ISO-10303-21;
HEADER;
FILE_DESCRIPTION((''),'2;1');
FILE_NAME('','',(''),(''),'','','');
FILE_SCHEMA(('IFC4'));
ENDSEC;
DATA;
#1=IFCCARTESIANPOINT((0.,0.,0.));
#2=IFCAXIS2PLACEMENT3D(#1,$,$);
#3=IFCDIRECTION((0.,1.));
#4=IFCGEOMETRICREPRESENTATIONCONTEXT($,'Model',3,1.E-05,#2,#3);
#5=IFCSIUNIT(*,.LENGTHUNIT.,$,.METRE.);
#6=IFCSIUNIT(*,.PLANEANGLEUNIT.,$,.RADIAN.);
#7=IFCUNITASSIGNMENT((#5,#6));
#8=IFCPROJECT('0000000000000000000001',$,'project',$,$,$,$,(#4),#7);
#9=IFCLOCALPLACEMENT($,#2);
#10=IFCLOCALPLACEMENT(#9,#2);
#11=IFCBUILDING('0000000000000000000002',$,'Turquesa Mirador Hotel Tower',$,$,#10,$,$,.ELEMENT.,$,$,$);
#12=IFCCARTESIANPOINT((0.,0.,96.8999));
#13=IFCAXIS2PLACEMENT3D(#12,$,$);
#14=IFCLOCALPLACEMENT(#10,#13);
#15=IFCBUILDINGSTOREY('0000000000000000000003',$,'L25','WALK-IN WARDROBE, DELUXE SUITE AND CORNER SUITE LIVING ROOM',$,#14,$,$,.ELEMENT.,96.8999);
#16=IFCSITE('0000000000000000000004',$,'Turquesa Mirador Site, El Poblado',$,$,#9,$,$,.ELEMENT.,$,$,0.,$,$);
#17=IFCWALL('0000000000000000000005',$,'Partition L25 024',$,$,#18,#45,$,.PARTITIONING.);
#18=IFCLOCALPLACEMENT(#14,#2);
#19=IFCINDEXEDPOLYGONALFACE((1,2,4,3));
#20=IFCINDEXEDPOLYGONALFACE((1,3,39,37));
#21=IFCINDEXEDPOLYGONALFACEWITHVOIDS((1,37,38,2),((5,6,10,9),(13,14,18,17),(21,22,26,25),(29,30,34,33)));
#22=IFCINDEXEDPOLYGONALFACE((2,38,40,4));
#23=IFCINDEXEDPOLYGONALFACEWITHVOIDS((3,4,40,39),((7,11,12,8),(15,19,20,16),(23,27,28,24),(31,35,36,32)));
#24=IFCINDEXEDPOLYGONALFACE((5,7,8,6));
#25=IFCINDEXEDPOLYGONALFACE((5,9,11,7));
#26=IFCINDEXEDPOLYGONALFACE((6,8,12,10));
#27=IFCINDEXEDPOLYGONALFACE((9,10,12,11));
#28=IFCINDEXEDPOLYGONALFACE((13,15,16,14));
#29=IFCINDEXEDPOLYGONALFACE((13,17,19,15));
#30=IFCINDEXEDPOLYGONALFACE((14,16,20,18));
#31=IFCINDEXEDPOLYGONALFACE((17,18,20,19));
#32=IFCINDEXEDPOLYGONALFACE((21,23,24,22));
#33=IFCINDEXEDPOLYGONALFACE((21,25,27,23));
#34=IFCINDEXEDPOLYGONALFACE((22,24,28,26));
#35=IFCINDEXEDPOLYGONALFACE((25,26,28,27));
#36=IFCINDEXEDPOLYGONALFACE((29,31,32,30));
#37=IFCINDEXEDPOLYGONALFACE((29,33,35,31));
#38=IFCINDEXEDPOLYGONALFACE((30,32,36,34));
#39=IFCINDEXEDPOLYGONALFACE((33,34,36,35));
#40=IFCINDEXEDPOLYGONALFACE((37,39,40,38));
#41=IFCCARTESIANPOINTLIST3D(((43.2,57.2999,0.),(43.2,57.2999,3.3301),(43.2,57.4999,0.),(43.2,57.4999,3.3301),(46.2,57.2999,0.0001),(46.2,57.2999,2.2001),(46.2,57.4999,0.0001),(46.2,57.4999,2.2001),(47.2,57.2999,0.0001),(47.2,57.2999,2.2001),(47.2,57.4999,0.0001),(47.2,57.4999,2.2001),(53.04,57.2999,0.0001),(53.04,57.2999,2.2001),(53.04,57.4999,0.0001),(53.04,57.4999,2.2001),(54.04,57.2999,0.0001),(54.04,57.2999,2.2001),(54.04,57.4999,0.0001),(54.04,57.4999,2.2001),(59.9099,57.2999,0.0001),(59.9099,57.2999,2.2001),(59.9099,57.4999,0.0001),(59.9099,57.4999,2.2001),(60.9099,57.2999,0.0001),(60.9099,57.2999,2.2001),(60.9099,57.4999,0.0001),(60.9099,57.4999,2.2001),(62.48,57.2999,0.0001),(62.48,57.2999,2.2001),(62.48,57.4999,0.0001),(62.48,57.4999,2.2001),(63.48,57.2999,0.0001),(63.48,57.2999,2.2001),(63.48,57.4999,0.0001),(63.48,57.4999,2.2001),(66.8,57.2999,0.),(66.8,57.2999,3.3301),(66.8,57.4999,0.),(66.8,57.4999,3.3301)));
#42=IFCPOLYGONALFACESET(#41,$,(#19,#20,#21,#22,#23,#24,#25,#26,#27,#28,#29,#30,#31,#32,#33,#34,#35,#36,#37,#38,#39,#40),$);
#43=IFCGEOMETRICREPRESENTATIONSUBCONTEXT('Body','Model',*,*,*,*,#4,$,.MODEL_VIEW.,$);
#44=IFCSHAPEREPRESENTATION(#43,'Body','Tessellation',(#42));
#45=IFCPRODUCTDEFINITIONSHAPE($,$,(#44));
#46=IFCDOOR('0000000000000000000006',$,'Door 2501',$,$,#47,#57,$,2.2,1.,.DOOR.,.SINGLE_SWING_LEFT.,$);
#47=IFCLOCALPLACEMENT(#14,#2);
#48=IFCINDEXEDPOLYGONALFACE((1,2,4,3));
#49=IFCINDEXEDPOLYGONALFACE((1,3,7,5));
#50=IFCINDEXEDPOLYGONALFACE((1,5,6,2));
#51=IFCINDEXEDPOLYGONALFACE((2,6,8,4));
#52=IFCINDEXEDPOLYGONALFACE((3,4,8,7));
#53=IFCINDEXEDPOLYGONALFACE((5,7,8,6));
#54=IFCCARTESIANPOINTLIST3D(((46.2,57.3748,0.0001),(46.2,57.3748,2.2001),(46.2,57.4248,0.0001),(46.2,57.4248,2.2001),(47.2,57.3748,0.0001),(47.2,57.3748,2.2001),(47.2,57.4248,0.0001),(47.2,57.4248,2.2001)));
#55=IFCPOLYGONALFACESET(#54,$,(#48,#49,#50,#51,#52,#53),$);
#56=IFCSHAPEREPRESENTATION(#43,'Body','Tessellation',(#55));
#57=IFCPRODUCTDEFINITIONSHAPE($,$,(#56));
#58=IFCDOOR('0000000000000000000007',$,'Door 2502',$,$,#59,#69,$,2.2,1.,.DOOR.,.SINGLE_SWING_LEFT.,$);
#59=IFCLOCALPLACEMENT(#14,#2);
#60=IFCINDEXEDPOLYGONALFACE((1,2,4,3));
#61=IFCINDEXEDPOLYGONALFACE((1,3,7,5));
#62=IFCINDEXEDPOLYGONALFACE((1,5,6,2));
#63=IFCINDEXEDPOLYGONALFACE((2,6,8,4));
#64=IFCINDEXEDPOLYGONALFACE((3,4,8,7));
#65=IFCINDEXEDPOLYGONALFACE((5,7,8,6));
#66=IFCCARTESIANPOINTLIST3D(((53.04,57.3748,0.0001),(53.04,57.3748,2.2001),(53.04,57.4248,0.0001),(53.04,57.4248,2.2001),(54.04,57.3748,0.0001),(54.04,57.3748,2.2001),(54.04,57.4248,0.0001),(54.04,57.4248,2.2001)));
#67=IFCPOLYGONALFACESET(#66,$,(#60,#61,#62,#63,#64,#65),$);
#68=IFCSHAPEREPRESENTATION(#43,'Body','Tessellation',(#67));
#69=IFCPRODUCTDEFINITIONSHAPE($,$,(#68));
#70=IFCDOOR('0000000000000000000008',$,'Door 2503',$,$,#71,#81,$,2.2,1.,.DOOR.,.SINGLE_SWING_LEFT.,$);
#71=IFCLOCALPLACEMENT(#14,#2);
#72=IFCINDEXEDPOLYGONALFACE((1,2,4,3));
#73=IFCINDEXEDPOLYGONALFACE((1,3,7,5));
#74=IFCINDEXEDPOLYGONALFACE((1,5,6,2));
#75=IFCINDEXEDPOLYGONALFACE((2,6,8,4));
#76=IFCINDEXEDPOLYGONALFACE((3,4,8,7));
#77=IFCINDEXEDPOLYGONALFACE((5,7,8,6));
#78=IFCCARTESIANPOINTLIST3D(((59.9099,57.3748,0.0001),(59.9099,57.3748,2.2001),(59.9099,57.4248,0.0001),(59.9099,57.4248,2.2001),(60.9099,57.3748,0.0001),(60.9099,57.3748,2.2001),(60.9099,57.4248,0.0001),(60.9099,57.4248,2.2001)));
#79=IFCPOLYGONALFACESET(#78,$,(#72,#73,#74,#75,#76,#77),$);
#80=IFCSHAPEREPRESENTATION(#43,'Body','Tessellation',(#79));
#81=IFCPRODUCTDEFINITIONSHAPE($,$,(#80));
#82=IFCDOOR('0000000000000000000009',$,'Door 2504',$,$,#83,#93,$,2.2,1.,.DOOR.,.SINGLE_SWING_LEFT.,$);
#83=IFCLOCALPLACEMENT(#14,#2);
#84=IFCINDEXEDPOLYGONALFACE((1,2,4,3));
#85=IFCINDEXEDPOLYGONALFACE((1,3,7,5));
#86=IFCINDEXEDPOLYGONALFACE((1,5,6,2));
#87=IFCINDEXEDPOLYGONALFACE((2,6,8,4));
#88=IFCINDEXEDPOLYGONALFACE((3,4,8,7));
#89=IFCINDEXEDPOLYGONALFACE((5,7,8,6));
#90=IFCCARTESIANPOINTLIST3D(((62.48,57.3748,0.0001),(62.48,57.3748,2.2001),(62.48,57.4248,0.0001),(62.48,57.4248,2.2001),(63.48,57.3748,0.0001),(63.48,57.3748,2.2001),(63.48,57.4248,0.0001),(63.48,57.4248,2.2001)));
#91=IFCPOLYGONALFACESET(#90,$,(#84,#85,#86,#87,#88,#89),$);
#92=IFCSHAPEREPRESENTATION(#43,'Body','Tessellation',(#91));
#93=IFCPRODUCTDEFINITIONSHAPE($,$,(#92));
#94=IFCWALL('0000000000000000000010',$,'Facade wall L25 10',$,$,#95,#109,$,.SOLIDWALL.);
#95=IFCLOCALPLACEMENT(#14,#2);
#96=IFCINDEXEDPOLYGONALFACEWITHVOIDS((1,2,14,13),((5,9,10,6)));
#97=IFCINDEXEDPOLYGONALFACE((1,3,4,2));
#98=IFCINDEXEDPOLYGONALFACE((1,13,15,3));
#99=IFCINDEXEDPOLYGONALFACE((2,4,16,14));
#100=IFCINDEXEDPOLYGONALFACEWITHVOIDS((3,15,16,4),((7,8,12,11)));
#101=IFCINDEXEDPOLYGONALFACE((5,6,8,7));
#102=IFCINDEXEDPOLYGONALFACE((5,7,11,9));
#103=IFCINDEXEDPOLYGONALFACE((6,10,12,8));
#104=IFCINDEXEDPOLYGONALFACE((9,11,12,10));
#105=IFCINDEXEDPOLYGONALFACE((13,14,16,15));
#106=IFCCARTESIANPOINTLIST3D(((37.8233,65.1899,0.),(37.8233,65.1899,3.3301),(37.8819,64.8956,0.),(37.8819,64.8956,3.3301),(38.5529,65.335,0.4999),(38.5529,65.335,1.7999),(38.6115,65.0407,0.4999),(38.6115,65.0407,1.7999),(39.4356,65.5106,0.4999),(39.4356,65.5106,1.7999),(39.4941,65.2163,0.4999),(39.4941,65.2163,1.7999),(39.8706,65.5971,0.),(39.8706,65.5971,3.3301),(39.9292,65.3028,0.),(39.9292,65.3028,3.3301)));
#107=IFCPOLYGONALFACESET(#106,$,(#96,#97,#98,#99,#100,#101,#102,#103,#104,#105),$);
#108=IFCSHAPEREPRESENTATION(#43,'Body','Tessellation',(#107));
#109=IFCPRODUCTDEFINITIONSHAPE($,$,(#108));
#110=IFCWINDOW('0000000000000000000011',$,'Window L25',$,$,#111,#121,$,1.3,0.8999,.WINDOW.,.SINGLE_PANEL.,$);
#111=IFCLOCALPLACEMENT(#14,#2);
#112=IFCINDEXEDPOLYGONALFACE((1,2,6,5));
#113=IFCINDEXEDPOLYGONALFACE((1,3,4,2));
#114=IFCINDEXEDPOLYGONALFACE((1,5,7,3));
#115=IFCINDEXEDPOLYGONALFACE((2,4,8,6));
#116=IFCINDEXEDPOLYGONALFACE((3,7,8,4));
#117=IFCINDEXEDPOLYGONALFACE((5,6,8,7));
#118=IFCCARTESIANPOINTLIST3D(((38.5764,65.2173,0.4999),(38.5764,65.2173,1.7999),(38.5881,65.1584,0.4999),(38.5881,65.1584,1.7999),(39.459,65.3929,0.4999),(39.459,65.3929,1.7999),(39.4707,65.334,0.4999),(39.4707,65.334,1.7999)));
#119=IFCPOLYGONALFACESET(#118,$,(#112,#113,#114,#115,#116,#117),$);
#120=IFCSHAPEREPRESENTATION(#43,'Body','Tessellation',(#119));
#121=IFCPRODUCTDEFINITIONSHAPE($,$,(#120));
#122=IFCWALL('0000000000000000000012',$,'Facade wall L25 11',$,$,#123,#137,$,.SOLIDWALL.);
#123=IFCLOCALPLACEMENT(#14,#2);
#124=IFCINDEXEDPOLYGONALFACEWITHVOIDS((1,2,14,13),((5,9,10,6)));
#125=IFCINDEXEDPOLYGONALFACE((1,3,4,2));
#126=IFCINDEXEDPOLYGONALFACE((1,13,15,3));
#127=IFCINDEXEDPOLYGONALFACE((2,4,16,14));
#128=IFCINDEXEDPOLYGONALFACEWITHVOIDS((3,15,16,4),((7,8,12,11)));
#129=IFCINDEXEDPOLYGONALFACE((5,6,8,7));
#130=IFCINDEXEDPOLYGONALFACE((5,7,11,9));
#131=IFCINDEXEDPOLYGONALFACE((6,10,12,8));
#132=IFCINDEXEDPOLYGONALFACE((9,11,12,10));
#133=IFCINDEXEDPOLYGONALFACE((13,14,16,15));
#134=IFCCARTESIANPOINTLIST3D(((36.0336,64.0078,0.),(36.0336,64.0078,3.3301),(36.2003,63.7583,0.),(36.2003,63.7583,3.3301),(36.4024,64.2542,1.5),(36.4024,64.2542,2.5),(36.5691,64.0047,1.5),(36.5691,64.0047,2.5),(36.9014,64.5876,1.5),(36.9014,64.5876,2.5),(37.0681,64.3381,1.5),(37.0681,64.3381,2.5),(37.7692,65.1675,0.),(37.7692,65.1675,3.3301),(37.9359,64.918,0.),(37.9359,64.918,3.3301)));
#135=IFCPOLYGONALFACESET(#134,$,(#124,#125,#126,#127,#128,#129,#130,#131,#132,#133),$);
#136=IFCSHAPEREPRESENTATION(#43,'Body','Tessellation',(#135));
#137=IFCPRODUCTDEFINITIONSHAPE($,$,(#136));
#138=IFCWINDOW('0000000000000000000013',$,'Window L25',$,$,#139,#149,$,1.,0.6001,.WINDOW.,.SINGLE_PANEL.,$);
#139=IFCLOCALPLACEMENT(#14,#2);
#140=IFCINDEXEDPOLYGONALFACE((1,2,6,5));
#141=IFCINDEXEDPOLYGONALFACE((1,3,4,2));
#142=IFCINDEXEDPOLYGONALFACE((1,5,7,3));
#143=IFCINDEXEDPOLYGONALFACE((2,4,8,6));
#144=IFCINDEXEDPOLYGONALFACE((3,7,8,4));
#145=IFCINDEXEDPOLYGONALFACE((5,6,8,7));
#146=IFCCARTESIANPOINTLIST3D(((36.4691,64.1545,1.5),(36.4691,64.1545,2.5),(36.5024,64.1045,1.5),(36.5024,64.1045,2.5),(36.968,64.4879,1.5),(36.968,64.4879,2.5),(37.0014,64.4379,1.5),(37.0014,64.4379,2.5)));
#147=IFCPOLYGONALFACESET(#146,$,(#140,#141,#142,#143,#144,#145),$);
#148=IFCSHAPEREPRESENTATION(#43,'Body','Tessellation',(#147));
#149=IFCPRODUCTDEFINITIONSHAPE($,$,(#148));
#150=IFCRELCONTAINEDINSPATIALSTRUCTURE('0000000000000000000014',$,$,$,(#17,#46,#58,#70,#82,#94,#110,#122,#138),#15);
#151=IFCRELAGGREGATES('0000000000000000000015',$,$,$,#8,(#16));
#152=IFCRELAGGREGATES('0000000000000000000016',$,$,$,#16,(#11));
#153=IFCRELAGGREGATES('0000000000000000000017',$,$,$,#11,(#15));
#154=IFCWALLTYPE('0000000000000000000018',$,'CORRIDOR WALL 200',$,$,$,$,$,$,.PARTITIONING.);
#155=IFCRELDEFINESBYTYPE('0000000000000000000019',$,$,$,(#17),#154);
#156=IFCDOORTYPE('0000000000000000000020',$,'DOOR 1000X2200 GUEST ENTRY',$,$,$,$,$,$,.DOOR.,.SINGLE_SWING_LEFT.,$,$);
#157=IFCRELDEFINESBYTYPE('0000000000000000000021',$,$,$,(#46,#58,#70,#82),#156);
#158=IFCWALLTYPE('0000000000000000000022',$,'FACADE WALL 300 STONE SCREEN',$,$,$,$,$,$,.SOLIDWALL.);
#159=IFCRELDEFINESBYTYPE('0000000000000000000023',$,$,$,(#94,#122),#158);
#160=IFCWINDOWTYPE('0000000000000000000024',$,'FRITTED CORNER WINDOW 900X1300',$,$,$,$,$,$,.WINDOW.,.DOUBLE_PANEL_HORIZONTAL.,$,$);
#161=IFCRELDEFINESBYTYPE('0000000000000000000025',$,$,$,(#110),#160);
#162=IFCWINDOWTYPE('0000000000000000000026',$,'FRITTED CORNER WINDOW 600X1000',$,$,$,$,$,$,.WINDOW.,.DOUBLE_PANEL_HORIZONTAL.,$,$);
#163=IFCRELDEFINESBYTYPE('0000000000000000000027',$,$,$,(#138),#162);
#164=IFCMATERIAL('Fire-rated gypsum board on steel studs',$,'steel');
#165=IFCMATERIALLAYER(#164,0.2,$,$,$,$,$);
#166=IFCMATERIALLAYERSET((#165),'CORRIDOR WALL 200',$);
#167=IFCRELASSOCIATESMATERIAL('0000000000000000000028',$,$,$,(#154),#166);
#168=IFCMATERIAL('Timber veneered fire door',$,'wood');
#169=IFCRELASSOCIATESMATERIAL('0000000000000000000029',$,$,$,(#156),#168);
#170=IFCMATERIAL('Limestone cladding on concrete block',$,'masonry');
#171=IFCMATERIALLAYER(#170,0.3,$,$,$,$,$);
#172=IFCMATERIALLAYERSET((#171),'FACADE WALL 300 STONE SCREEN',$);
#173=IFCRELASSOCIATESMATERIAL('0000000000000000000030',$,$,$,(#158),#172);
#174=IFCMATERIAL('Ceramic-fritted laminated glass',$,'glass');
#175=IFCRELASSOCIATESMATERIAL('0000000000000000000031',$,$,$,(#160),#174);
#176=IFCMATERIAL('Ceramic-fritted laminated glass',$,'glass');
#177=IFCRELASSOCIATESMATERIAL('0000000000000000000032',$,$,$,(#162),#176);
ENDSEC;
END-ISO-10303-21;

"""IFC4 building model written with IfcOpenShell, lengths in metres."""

from ifc_helpers import new_model, si_unit, direction, frame, frame_2d, origin, place, context, subcontext, project, spatial, rectangle, extrude, material, layer, layer_set, type_object, element, fill, save


model = new_model("IFC4")

# Units and contexts
model_context = context("Model", 3, precision=1e-05, world=origin(), true_north=direction((0.0, 1.0)))
body_context = subcontext(model_context, "Body", "Model", "MODEL_VIEW")
ifc_project = project(units=[si_unit("LENGTHUNIT", "METRE"), si_unit("PLANEANGLEUNIT", "RADIAN")], contexts=[model_context])

# Site, building, storey
site_placement = place(None, origin())
site = spatial("IfcSite", under=ifc_project, at=site_placement, Name="Turquesa Mirador Site, El Poblado", CompositionType="ELEMENT", RefElevation=0.0)
building_placement = place(site_placement, origin())
building = spatial("IfcBuilding", under=site, at=building_placement, Name="Turquesa Mirador Hotel Tower", CompositionType="ELEMENT")
storey_placement = place(building_placement, frame((0.0, 0.0, 96.8999)))
storey = spatial("IfcBuildingStorey", under=building, at=storey_placement, Name="L25", Description="WALK-IN WARDROBE, DELUXE SUITE AND CORNER SUITE LIVING ROOM", CompositionType="ELEMENT", Elevation=96.8999)

# Wall, openings, doors
ifc_material_1 = material(Name="Fire-rated gypsum board on steel studs", Category="steel")
ifc_layer_1 = layer(ifc_material_1, 0.2)
ifc_layer_set_1 = layer_set([ifc_layer_1], Name="CORRIDOR WALL 200")
wall_type_1 = type_object("IfcWallType", Name="CORRIDOR WALL 200", PredefinedType="PARTITIONING", material=ifc_layer_set_1)
wall_1_placement = place(storey_placement, frame((43.2, 57.3999, 0.0), z_axis=(0.0, 0.0, 1.0), x_axis=(1.0, 0.0, 0.0)))
wall_1 = element("IfcWall", 1, at=wall_1_placement, inside=storey, type_object=wall_type_1, Name="Partition L25 024", PredefinedType="PARTITIONING", context=body_context, shape_type="SweptSolid", body=[
    extrude(rectangle(XDim=23.6001, YDim=0.2, at=frame_2d((11.8, 0.0))), origin(), (0.0, 0.0, 1.0), 3.3301),
])
opening_1_placement = place(wall_1_placement, frame((3.0, 0.0, 0.0)))
opening_1 = element("IfcOpeningElement", 2, at=opening_1_placement, cuts=wall_1, PredefinedType="OPENING", context=body_context, shape_type="SweptSolid", body=[
    extrude(rectangle(XDim=1.0, YDim=2.2, at=frame_2d((0.5, 1.1001))), frame((0.0, 0.1099, 0.0), z_axis=(0.0, -1.0, 0.0), x_axis=(1.0, 0.0, 0.0)), (0.0, 0.0, 1.0), 0.22),
])
opening_2_placement = place(wall_1_placement, frame((9.8401, 0.0, 0.0)))
opening_2 = element("IfcOpeningElement", 3, at=opening_2_placement, cuts=wall_1, PredefinedType="OPENING", context=body_context, shape_type="SweptSolid", body=[
    extrude(rectangle(XDim=1.0, YDim=2.2, at=frame_2d((0.5, 1.1001))), frame((0.0, 0.1099, 0.0), z_axis=(0.0, -1.0, 0.0), x_axis=(1.0, 0.0, 0.0)), (0.0, 0.0, 1.0), 0.22),
])
opening_3_placement = place(wall_1_placement, frame((16.71, 0.0, 0.0)))
opening_3 = element("IfcOpeningElement", 4, at=opening_3_placement, cuts=wall_1, PredefinedType="OPENING", context=body_context, shape_type="SweptSolid", body=[
    extrude(rectangle(XDim=1.0, YDim=2.2, at=frame_2d((0.5, 1.1001))), frame((0.0, 0.1099, 0.0), z_axis=(0.0, -1.0, 0.0), x_axis=(1.0, 0.0, 0.0)), (0.0, 0.0, 1.0), 0.22),
])
opening_4_placement = place(wall_1_placement, frame((19.28, 0.0, 0.0)))
opening_4 = element("IfcOpeningElement", 5, at=opening_4_placement, cuts=wall_1, PredefinedType="OPENING", context=body_context, shape_type="SweptSolid", body=[
    extrude(rectangle(XDim=1.0, YDim=2.2, at=frame_2d((0.5, 1.1001))), frame((0.0, 0.1099, 0.0), z_axis=(0.0, -1.0, 0.0), x_axis=(1.0, 0.0, 0.0)), (0.0, 0.0, 1.0), 0.22),
])
ifc_material_2 = material(Name="Timber veneered fire door", Category="wood")
door_type_1 = type_object("IfcDoorType", Name="DOOR 1000X2200 GUEST ENTRY", OperationType="SINGLE_SWING_LEFT", PredefinedType="DOOR", material=ifc_material_2)
door_1_placement = place(opening_1_placement, origin())
door_1 = element("IfcDoor", 6, at=door_1_placement, inside=storey, type_object=door_type_1, Name="Door 2501", OperationType="SINGLE_SWING_LEFT", OverallHeight=2.2, OverallWidth=1.0, PredefinedType="DOOR", context=body_context, shape_type="SweptSolid", body=[
    extrude(rectangle(XDim=1.0, YDim=2.2, at=frame_2d((0.5, 1.1001))), frame((0.0, 0.0249, 0.0), z_axis=(0.0, -1.0, 0.0), x_axis=(1.0, 0.0, 0.0)), (0.0, 0.0, 1.0), 0.05),
])
fill(opening_1, door_1)
door_2_placement = place(opening_2_placement, origin())
door_2 = element("IfcDoor", 7, at=door_2_placement, inside=storey, type_object=door_type_1, Name="Door 2502", OperationType="SINGLE_SWING_LEFT", OverallHeight=2.2, OverallWidth=1.0, PredefinedType="DOOR", context=body_context, shape_type="SweptSolid", body=[
    extrude(rectangle(XDim=1.0, YDim=2.2, at=frame_2d((0.5, 1.1001))), frame((0.0, 0.0249, 0.0), z_axis=(0.0, -1.0, 0.0), x_axis=(1.0, 0.0, 0.0)), (0.0, 0.0, 1.0), 0.05),
])
fill(opening_2, door_2)
door_3_placement = place(opening_3_placement, origin())
door_3 = element("IfcDoor", 8, at=door_3_placement, inside=storey, type_object=door_type_1, Name="Door 2503", OperationType="SINGLE_SWING_LEFT", OverallHeight=2.2, OverallWidth=1.0, PredefinedType="DOOR", context=body_context, shape_type="SweptSolid", body=[
    extrude(rectangle(XDim=1.0, YDim=2.2, at=frame_2d((0.5, 1.1001))), frame((0.0, 0.0249, 0.0), z_axis=(0.0, -1.0, 0.0), x_axis=(1.0, 0.0, 0.0)), (0.0, 0.0, 1.0), 0.05),
])
fill(opening_3, door_3)
door_4_placement = place(opening_4_placement, origin())
door_4 = element("IfcDoor", 9, at=door_4_placement, inside=storey, type_object=door_type_1, Name="Door 2504", OperationType="SINGLE_SWING_LEFT", OverallHeight=2.2, OverallWidth=1.0, PredefinedType="DOOR", context=body_context, shape_type="SweptSolid", body=[
    extrude(rectangle(XDim=1.0, YDim=2.2, at=frame_2d((0.5, 1.1001))), frame((0.0, 0.0249, 0.0), z_axis=(0.0, -1.0, 0.0), x_axis=(1.0, 0.0, 0.0)), (0.0, 0.0, 1.0), 0.05),
])
fill(opening_4, door_4)

# Walls, openings, windows
ifc_material_3 = material(Name="Limestone cladding on concrete block", Category="masonry")
ifc_layer_2 = layer(ifc_material_3, 0.3)
ifc_layer_set_2 = layer_set([ifc_layer_2], Name="FACADE WALL 300 STONE SCREEN")
wall_type_2 = type_object("IfcWallType", Name="FACADE WALL 300 STONE SCREEN", PredefinedType="SOLIDWALL", material=ifc_layer_set_2)
wall_2_placement = place(storey_placement, frame((39.8999, 65.45, 0.0), z_axis=(0.0, 0.0, 1.0), x_axis=(-0.980787, -0.195081, 0.0)))
wall_2 = element("IfcWall", 10, at=wall_2_placement, inside=storey, type_object=wall_type_2, Name="Facade wall L25 10", PredefinedType="SOLIDWALL", context=body_context, shape_type="SweptSolid", body=[
    extrude(rectangle(XDim=2.0874, YDim=0.3, at=frame_2d((1.0437, 0.0))), origin(), (0.0, 0.0, 1.0), 3.3301),
])
opening_5_placement = place(wall_2_placement, frame((0.4436, 0.0, 0.5)))
opening_5 = element("IfcOpeningElement", 11, at=opening_5_placement, cuts=wall_2, PredefinedType="OPENING", context=body_context, shape_type="SweptSolid", body=[
    extrude(rectangle(XDim=0.8999, YDim=1.3, at=frame_2d((0.45, 0.6499))), frame((0.0, 0.1599, 0.0), z_axis=(0.0, -1.0, 0.0), x_axis=(1.0, 0.0, 0.0)), (0.0, 0.0, 1.0), 0.3201),
])
ifc_material_4 = material(Name="Ceramic-fritted laminated glass", Category="glass")
window_type_1 = type_object("IfcWindowType", Name="FRITTED CORNER WINDOW 900X1300", PartitioningType="DOUBLE_PANEL_HORIZONTAL", PredefinedType="WINDOW", material=ifc_material_4)
window_1_placement = place(opening_5_placement, origin())
window_1 = element("IfcWindow", 12, at=window_1_placement, inside=storey, type_object=window_type_1, Name="Window L25", OverallHeight=1.3, OverallWidth=0.8999, PartitioningType="SINGLE_PANEL", PredefinedType="WINDOW", context=body_context, shape_type="SweptSolid", body=[
    extrude(rectangle(XDim=0.8999, YDim=1.3, at=frame_2d((0.45, 0.6499))), frame((0.0, 0.03, 0.0), z_axis=(0.0, -1.0, 0.0), x_axis=(1.0, 0.0, 0.0)), (0.0, 0.0, 1.0), 0.0601),
])
fill(opening_5, window_1)
wall_3_placement = place(storey_placement, frame((37.8525, 65.0427, 0.0), z_axis=(0.0, 0.0, 1.0), x_axis=(-0.831474, -0.555564, 0.0)))
wall_3 = element("IfcWall", 13, at=wall_3_placement, inside=storey, type_object=wall_type_2, Name="Facade wall L25 11", PredefinedType="SOLIDWALL", context=body_context, shape_type="SweptSolid", body=[
    extrude(rectangle(XDim=2.0874, YDim=0.3, at=frame_2d((1.0437, 0.0))), origin(), (0.0, 0.0, 1.0), 3.3301),
])
opening_6_placement = place(wall_3_placement, frame((1.0437, 0.0, 1.5)))
opening_6 = element("IfcOpeningElement", 14, at=opening_6_placement, cuts=wall_3, PredefinedType="OPENING", context=body_context, shape_type="SweptSolid", body=[
    extrude(rectangle(XDim=0.6001, YDim=1.0, at=frame_2d((0.3, 0.5))), frame((0.0, 0.1599, 0.0), z_axis=(0.0, -1.0, 0.0), x_axis=(1.0, 0.0, 0.0)), (0.0, 0.0, 1.0), 0.3201),
])
ifc_material_5 = material(Name="Ceramic-fritted laminated glass", Category="glass")
window_type_2 = type_object("IfcWindowType", Name="FRITTED CORNER WINDOW 600X1000", PartitioningType="DOUBLE_PANEL_HORIZONTAL", PredefinedType="WINDOW", material=ifc_material_5)
window_2_placement = place(opening_6_placement, origin())
window_2 = element("IfcWindow", 15, at=window_2_placement, inside=storey, type_object=window_type_2, Name="Window L25", OverallHeight=1.0, OverallWidth=0.6001, PartitioningType="SINGLE_PANEL", PredefinedType="WINDOW", context=body_context, shape_type="SweptSolid", body=[
    extrude(rectangle(XDim=0.6001, YDim=1.0, at=frame_2d((0.3, 0.5))), frame((0.0, 0.03, 0.0), z_axis=(0.0, -1.0, 0.0), x_axis=(1.0, 0.0, 0.0)), (0.0, 0.0, 1.0), 0.0601),
])
fill(opening_6, window_2)

save(model, "model.ifc")
